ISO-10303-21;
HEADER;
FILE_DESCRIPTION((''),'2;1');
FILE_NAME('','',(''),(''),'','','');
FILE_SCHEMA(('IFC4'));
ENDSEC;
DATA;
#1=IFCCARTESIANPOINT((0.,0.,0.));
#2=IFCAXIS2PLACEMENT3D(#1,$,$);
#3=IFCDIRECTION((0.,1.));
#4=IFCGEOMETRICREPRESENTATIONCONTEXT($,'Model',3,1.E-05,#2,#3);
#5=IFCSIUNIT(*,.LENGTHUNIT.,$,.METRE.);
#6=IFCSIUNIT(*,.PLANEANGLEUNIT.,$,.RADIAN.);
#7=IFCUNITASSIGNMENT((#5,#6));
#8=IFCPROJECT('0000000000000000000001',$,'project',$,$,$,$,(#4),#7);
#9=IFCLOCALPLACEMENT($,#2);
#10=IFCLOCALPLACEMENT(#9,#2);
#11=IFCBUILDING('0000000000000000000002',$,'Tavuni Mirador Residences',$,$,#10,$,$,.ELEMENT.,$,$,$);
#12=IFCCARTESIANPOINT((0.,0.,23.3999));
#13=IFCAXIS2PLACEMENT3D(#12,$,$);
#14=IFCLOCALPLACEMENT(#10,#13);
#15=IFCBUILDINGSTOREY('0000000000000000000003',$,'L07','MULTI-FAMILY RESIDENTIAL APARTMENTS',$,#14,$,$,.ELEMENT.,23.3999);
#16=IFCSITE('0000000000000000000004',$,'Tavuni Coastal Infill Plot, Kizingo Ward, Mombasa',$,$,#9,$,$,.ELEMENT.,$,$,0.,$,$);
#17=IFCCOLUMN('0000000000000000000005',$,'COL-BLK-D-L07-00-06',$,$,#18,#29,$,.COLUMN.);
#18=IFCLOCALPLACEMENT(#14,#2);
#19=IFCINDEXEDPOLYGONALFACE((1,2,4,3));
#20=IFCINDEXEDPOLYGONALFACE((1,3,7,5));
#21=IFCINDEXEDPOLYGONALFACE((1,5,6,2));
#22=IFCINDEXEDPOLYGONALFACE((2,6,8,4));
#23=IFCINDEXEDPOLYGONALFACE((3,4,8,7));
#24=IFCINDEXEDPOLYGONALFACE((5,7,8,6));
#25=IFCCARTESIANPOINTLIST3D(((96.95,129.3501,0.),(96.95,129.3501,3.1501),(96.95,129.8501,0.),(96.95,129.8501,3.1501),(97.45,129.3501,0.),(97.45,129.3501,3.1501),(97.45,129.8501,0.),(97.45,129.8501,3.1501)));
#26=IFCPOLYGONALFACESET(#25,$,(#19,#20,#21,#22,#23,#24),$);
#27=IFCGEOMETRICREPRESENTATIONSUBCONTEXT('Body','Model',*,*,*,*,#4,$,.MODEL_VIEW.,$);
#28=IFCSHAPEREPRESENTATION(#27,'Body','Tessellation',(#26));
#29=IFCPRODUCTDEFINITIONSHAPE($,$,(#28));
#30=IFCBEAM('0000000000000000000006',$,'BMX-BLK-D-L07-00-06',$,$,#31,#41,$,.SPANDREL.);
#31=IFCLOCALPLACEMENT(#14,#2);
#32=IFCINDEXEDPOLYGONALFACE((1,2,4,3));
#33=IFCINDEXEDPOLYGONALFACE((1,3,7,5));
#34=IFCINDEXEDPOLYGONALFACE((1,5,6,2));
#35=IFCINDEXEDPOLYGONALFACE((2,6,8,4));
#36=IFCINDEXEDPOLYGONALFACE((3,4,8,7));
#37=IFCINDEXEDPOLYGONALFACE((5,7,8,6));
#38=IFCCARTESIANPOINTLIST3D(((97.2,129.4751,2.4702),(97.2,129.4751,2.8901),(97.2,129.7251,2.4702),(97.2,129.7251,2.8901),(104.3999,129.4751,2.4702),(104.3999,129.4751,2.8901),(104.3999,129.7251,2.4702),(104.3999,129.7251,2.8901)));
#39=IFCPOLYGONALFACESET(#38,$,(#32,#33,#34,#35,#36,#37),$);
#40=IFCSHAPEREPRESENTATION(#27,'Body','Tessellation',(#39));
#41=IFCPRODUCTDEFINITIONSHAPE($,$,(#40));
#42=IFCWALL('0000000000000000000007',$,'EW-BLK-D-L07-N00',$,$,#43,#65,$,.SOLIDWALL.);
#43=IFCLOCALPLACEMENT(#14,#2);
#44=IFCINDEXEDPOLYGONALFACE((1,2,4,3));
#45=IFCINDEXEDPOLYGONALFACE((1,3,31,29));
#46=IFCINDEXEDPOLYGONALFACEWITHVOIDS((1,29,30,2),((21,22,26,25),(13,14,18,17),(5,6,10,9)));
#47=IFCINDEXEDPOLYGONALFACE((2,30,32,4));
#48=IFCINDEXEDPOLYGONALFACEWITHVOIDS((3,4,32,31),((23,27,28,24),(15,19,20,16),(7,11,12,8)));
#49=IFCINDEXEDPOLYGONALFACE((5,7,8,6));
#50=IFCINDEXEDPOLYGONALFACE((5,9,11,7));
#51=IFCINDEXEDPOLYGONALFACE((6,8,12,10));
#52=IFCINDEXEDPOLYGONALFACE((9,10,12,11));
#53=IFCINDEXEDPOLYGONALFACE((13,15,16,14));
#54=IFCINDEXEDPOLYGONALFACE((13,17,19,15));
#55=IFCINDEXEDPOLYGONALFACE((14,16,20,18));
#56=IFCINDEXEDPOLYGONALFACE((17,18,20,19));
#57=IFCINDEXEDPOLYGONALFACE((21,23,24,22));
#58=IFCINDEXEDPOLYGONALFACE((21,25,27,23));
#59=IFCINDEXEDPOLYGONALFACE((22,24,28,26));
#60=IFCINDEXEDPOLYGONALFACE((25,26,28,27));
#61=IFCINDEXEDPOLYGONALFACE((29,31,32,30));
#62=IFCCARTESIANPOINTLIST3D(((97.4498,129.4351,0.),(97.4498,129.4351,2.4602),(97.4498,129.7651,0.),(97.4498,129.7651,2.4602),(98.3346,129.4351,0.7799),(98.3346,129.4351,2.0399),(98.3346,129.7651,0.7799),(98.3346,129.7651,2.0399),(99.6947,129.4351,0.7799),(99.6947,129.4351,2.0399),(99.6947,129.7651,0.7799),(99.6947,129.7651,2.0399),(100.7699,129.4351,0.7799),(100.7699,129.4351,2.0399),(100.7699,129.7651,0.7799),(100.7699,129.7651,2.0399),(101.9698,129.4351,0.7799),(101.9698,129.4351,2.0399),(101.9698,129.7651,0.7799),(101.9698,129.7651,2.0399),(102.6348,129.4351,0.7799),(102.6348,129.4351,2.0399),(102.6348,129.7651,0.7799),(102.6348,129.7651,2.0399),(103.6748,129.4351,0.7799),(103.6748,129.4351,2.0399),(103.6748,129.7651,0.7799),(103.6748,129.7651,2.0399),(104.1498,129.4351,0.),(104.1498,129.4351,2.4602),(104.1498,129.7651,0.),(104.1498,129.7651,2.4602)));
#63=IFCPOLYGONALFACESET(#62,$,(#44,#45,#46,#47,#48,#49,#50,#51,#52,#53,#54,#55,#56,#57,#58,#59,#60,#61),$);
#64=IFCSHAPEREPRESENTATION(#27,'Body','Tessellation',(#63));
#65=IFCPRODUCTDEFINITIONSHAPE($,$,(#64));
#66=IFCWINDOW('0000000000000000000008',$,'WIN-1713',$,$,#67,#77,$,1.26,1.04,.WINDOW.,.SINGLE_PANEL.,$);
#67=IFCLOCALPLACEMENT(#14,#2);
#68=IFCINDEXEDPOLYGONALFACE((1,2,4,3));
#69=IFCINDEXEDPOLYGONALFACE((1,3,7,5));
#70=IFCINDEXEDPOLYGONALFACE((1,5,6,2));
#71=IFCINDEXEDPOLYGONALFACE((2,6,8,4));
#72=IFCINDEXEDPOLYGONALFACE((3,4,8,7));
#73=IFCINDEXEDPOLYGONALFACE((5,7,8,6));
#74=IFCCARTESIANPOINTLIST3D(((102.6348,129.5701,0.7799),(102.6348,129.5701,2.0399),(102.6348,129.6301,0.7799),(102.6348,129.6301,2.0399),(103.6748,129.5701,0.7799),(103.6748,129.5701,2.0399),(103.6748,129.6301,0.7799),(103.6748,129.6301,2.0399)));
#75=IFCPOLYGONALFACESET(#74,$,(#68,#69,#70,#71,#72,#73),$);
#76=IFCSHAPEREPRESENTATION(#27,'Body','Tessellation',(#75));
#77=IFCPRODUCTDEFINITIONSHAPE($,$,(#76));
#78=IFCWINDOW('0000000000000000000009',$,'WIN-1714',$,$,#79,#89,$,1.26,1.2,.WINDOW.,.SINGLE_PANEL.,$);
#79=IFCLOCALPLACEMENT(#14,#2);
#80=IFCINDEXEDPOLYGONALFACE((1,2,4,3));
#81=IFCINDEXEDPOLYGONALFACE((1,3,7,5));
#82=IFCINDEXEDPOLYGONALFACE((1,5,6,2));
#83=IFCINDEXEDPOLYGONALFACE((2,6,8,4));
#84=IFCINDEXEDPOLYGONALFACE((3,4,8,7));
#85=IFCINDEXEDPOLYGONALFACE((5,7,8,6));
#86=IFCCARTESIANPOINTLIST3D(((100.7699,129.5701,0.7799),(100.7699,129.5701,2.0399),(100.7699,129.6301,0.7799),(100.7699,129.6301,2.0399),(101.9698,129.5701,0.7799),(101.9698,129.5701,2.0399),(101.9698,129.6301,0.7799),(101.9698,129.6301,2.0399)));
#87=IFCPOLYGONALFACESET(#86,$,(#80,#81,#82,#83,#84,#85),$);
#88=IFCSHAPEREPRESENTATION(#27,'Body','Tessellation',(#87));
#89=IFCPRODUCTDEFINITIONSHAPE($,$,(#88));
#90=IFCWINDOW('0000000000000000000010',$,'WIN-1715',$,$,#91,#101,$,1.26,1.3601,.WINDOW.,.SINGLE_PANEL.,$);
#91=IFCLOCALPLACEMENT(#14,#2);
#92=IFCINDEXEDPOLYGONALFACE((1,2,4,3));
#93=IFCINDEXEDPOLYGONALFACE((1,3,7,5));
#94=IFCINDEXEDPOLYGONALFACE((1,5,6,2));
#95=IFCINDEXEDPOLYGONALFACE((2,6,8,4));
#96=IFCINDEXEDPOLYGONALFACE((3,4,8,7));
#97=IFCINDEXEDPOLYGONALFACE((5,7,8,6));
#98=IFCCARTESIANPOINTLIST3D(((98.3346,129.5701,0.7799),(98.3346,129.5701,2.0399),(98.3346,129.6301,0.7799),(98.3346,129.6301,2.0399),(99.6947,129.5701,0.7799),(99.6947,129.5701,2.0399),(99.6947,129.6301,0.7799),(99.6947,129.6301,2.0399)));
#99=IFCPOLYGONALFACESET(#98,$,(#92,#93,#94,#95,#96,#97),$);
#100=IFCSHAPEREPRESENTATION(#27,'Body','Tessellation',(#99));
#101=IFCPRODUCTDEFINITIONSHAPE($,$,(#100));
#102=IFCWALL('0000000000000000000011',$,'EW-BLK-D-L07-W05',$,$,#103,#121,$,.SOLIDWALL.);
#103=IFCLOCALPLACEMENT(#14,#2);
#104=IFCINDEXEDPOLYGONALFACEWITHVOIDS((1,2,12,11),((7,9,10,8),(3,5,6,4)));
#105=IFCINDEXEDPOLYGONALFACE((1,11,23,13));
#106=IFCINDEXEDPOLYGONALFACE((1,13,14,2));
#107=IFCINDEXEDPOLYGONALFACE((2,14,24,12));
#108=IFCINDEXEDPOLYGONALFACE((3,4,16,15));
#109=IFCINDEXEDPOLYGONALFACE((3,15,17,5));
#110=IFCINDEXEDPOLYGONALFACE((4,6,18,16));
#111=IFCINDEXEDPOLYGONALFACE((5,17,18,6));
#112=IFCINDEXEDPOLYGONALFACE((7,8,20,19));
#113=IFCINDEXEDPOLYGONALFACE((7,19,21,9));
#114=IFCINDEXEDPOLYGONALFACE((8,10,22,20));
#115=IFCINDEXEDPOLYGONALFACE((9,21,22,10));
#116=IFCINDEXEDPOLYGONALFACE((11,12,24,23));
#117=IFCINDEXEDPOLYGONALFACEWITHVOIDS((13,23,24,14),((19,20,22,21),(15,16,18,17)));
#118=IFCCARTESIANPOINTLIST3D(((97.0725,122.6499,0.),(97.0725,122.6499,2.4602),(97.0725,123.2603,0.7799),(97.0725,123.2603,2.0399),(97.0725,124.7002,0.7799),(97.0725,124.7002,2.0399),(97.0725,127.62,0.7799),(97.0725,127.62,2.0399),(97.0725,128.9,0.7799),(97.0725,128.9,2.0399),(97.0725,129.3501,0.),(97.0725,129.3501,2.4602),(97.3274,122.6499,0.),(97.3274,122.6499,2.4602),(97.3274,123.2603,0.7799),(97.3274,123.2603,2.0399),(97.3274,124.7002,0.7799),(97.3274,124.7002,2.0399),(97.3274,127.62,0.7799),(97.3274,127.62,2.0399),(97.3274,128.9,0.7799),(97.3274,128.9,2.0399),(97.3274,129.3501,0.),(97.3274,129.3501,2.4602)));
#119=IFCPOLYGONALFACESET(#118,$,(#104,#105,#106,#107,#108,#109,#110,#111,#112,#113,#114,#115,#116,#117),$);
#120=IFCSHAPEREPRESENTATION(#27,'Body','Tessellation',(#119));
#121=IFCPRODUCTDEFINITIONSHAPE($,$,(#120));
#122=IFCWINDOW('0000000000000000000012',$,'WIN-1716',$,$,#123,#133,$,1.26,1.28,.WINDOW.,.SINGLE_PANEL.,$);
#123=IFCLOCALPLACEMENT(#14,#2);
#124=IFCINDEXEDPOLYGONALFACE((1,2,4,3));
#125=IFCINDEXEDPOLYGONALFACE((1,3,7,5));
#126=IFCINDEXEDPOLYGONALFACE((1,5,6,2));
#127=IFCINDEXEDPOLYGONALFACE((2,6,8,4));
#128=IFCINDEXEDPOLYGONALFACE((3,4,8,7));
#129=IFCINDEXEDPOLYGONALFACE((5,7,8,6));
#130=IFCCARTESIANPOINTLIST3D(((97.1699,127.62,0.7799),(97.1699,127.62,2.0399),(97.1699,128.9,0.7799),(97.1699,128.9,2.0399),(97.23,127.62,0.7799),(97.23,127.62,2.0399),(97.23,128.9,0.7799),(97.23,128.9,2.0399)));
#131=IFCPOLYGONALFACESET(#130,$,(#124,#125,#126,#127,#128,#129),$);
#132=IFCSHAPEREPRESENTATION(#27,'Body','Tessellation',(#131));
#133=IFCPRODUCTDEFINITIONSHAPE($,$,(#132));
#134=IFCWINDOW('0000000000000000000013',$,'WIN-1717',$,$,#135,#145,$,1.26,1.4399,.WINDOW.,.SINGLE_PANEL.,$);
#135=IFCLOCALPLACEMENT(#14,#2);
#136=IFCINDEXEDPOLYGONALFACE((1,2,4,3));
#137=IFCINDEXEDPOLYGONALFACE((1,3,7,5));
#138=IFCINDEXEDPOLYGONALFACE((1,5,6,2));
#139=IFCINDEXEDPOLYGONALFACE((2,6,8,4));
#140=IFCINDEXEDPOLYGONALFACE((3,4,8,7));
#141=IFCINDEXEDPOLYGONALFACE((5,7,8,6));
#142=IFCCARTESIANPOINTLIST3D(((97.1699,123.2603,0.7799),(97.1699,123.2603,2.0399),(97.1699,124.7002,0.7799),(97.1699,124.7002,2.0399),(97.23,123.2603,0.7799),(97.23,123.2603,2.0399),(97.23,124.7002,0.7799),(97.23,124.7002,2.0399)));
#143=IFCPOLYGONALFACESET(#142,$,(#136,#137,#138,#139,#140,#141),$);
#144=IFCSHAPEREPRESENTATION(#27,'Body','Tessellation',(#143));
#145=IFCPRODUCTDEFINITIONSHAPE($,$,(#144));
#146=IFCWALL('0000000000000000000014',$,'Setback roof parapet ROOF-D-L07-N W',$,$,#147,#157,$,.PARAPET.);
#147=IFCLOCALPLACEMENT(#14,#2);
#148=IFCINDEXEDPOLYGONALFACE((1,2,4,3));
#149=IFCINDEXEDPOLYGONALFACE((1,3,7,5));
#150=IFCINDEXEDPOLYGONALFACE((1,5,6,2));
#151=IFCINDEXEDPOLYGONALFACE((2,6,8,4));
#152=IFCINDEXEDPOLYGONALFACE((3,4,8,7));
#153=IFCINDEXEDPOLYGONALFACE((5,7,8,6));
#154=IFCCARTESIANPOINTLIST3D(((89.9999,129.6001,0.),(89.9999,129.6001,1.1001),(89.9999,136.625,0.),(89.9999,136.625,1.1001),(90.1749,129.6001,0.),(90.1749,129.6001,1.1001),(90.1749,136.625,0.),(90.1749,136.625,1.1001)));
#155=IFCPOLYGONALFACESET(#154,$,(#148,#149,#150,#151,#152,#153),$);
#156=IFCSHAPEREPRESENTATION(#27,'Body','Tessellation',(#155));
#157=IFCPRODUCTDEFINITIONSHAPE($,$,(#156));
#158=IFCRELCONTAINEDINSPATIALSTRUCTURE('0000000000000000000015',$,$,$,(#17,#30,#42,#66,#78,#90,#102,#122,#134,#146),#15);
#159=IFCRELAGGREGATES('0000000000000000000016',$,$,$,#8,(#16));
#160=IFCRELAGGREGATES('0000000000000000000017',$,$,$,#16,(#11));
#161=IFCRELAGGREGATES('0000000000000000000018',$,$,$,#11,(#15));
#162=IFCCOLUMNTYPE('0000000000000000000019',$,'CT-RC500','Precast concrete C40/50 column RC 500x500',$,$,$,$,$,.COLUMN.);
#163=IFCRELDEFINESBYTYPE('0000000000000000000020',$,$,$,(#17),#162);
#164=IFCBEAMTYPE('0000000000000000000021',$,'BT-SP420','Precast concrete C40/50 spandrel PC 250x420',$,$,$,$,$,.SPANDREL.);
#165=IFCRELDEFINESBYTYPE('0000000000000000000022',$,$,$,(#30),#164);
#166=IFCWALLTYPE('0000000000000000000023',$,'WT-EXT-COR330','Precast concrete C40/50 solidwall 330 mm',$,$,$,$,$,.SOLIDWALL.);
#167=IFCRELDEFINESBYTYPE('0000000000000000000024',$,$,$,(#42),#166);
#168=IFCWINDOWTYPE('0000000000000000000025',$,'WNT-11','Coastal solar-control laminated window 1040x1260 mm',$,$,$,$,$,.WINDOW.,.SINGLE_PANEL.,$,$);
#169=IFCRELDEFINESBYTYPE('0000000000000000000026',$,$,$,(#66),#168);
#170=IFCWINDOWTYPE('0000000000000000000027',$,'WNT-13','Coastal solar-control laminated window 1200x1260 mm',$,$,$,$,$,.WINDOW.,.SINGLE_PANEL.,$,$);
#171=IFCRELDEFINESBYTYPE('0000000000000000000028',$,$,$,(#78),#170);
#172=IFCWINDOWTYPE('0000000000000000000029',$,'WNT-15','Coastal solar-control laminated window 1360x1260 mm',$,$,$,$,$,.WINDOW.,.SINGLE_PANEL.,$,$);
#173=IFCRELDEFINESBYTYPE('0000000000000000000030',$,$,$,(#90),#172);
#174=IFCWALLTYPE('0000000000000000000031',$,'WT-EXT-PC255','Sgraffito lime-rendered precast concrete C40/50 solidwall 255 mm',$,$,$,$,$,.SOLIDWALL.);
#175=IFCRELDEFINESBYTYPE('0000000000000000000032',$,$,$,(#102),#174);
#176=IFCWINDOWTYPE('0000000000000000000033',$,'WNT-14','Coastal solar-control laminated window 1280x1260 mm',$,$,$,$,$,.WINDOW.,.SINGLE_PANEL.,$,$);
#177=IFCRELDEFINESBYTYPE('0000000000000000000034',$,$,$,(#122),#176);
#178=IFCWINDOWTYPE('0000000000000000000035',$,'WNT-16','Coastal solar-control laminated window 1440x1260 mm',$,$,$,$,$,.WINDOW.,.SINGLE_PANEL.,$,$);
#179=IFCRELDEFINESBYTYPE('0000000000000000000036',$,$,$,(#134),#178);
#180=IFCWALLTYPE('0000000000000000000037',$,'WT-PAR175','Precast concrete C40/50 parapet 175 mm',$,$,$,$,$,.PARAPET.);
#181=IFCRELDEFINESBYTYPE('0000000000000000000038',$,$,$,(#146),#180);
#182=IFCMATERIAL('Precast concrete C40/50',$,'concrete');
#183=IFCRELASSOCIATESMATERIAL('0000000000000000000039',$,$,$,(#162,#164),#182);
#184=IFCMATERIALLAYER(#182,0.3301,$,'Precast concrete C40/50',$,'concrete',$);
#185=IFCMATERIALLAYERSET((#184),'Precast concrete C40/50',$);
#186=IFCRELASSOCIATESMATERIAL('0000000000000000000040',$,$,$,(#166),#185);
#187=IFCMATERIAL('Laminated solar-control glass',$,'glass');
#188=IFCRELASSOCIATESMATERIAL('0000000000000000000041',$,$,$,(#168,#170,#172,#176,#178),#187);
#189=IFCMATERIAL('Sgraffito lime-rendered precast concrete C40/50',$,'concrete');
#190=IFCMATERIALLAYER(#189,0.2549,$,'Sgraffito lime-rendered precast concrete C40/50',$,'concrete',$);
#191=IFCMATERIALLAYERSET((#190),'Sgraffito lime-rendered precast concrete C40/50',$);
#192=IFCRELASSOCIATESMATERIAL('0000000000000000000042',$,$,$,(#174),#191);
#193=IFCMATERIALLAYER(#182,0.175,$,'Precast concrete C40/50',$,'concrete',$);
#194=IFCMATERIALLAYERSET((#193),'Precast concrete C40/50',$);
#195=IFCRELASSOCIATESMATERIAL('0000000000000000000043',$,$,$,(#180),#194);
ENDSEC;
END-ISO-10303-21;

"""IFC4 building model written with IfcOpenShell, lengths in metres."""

from ifc_helpers import new_model, si_unit, direction, frame, frame_2d, origin, origin_2d, place, context, subcontext, project, spatial, rectangle, extrude, material, layer, layer_set, material_profile, profile_set, type_object, element, fill, save


model = new_model("IFC4")

# Units and contexts
model_context = context("Model", 3, precision=1e-05, world=origin(), true_north=direction((0.0, 1.0)))
body_context = subcontext(model_context, "Body", "Model", "MODEL_VIEW")
ifc_project = project(units=[si_unit("LENGTHUNIT", "METRE"), si_unit("PLANEANGLEUNIT", "RADIAN")], contexts=[model_context])

# Site, building, storey
site_placement = place(None, origin())
site = spatial("IfcSite", under=ifc_project, at=site_placement, Name="Tavuni Coastal Infill Plot, Kizingo Ward, Mombasa", CompositionType="ELEMENT", RefElevation=0.0)
building_placement = place(site_placement, origin())
building = spatial("IfcBuilding", under=site, at=building_placement, Name="Tavuni Mirador Residences", CompositionType="ELEMENT")
storey_placement = place(building_placement, frame((0.0, 0.0, 23.3999)))
storey = spatial("IfcBuildingStorey", under=building, at=storey_placement, Name="L07", Description="MULTI-FAMILY RESIDENTIAL APARTMENTS", CompositionType="ELEMENT", Elevation=23.3999)

# Column
ifc_material_1 = material(Name="Precast concrete C40/50", Category="concrete")
ifc_material_profile_1 = material_profile(ifc_material_1, rectangle(XDim=0.5, YDim=0.5, at=origin_2d()), Name="RC 500x500", Category="concrete")
ifc_profile_set_1 = profile_set([ifc_material_profile_1], Name="Precast concrete C40/50")
column_type = type_object("IfcColumnType", Name="CT-RC500", Description="Precast concrete C40/50 column RC 500x500", PredefinedType="COLUMN", material=ifc_profile_set_1)
column_placement = place(storey_placement, frame((97.2, 129.6001, 0.0), z_axis=(0.0, 0.0, 1.0), x_axis=(1.0, 0.0, 0.0)))
element("IfcColumn", 1, at=column_placement, inside=storey, type_object=column_type, Name="COL-BLK-D-L07-00-06", PredefinedType="COLUMN", context=body_context, shape_type="SweptSolid", body=[
    extrude(rectangle(XDim=0.5, YDim=0.5, at=origin_2d()), origin(), (0.0, 0.0, 1.0), 3.1501),
])

# Beam
ifc_material_profile_2 = material_profile(ifc_material_1, rectangle(XDim=0.25, YDim=0.4199, at=origin_2d()), Name="PC 250x420", Category="concrete")
ifc_profile_set_2 = profile_set([ifc_material_profile_2], Name="Precast concrete C40/50")
beam_type = type_object("IfcBeamType", Name="BT-SP420", Description="Precast concrete C40/50 spandrel PC 250x420", PredefinedType="SPANDREL", material=ifc_profile_set_2)
beam_placement = place(storey_placement, frame((97.2, 129.6001, 2.6802), z_axis=(1.0, 0.0, 0.0), x_axis=(0.0, 1.0, 0.0)))
element("IfcBeam", 2, at=beam_placement, inside=storey, type_object=beam_type, Name="BMX-BLK-D-L07-00-06", PredefinedType="SPANDREL", context=body_context, shape_type="SweptSolid", body=[
    extrude(rectangle(XDim=0.25, YDim=0.4199, at=origin_2d()), origin(), (0.0, 0.0, 1.0), 7.2),
])

# Walls, openings, windows
ifc_layer_1 = layer(ifc_material_1, 0.3301, Name="Precast concrete C40/50", Category="concrete")
ifc_layer_set_1 = layer_set([ifc_layer_1], Name="Precast concrete C40/50")
wall_type_1 = type_object("IfcWallType", Name="WT-EXT-COR330", Description="Precast concrete C40/50 solidwall 330 mm", PredefinedType="SOLIDWALL", material=ifc_layer_set_1)
wall_1_placement = place(storey_placement, frame((104.1499, 129.6001, 0.0), z_axis=(0.0, 0.0, 1.0), x_axis=(-1.0, 0.0, 0.0)))
wall_1 = element("IfcWall", 3, at=wall_1_placement, inside=storey, type_object=wall_type_1, Name="EW-BLK-D-L07-N00", PredefinedType="SOLIDWALL", context=body_context, shape_type="SweptSolid", body=[
    extrude(rectangle(XDim=6.7, YDim=0.3301, at=frame_2d((3.3501, 0.0))), origin(), (0.0, 0.0, 1.0), 2.4602),
])
opening_1_placement = place(wall_1_placement, frame((0.4751, 0.0, 0.78)))
opening_1 = element("IfcOpeningElement", 4, at=opening_1_placement, cuts=wall_1, PredefinedType="OPENING", context=body_context, shape_type="SweptSolid", body=[
    extrude(rectangle(XDim=1.04, YDim=1.26, at=frame_2d((0.52, 0.6299))), frame((0.0, 0.175, 0.0), z_axis=(0.0, -1.0, 0.0), x_axis=(1.0, 0.0, 0.0)), (0.0, 0.0, 1.0), 0.3501),
])
opening_2_placement = place(wall_1_placement, frame((2.1799, 0.0, 0.78)))
opening_2 = element("IfcOpeningElement", 5, at=opening_2_placement, cuts=wall_1, PredefinedType="OPENING", context=body_context, shape_type="SweptSolid", body=[
    extrude(rectangle(XDim=1.2, YDim=1.26, at=frame_2d((0.6001, 0.6299))), frame((0.0, 0.175, 0.0), z_axis=(0.0, -1.0, 0.0), x_axis=(1.0, 0.0, 0.0)), (0.0, 0.0, 1.0), 0.3501),
])
opening_3_placement = place(wall_1_placement, frame((4.4551, 0.0, 0.78)))
opening_3 = element("IfcOpeningElement", 6, at=opening_3_placement, cuts=wall_1, PredefinedType="OPENING", context=body_context, shape_type="SweptSolid", body=[
    extrude(rectangle(XDim=1.3601, YDim=1.26, at=frame_2d((0.6802, 0.6299))), frame((0.0, 0.175, 0.0), z_axis=(0.0, -1.0, 0.0), x_axis=(1.0, 0.0, 0.0)), (0.0, 0.0, 1.0), 0.3501),
])
ifc_material_2 = material(Name="Laminated solar-control glass", Category="glass")
window_type_1 = type_object("IfcWindowType", Name="WNT-11", Description="Coastal solar-control laminated window 1040x1260 mm", PartitioningType="SINGLE_PANEL", PredefinedType="WINDOW", material=ifc_material_2)
window_1_placement = place(opening_1_placement, origin())
window_1 = element("IfcWindow", 7, at=window_1_placement, inside=storey, type_object=window_type_1, Name="WIN-1713", OverallHeight=1.26, OverallWidth=1.04, PartitioningType="SINGLE_PANEL", PredefinedType="WINDOW", context=body_context, shape_type="SweptSolid", body=[
    extrude(rectangle(XDim=1.04, YDim=1.26, at=frame_2d((0.52, 0.6299))), frame((0.0, 0.03, 0.0), z_axis=(0.0, -1.0, 0.0), x_axis=(1.0, 0.0, 0.0)), (0.0, 0.0, 1.0), 0.0601),
])
fill(opening_1, window_1)
window_type_2 = type_object("IfcWindowType", Name="WNT-13", Description="Coastal solar-control laminated window 1200x1260 mm", PartitioningType="SINGLE_PANEL", PredefinedType="WINDOW", material=ifc_material_2)
window_2_placement = place(opening_2_placement, origin())
window_2 = element("IfcWindow", 8, at=window_2_placement, inside=storey, type_object=window_type_2, Name="WIN-1714", OverallHeight=1.26, OverallWidth=1.2, PartitioningType="SINGLE_PANEL", PredefinedType="WINDOW", context=body_context, shape_type="SweptSolid", body=[
    extrude(rectangle(XDim=1.2, YDim=1.26, at=frame_2d((0.6001, 0.6299))), frame((0.0, 0.03, 0.0), z_axis=(0.0, -1.0, 0.0), x_axis=(1.0, 0.0, 0.0)), (0.0, 0.0, 1.0), 0.0601),
])
fill(opening_2, window_2)
window_type_3 = type_object("IfcWindowType", Name="WNT-15", Description="Coastal solar-control laminated window 1360x1260 mm", PartitioningType="SINGLE_PANEL", PredefinedType="WINDOW", material=ifc_material_2)
window_3_placement = place(opening_3_placement, origin())
window_3 = element("IfcWindow", 9, at=window_3_placement, inside=storey, type_object=window_type_3, Name="WIN-1715", OverallHeight=1.26, OverallWidth=1.3601, PartitioningType="SINGLE_PANEL", PredefinedType="WINDOW", context=body_context, shape_type="SweptSolid", body=[
    extrude(rectangle(XDim=1.3601, YDim=1.26, at=frame_2d((0.6802, 0.6299))), frame((0.0, 0.03, 0.0), z_axis=(0.0, -1.0, 0.0), x_axis=(1.0, 0.0, 0.0)), (0.0, 0.0, 1.0), 0.0601),
])
fill(opening_3, window_3)
ifc_material_3 = material(Name="Sgraffito lime-rendered precast concrete C40/50", Category="concrete")
ifc_layer_2 = layer(ifc_material_3, 0.2549, Name="Sgraffito lime-rendered precast concrete C40/50", Category="concrete")
ifc_layer_set_2 = layer_set([ifc_layer_2], Name="Sgraffito lime-rendered precast concrete C40/50")
wall_type_2 = type_object("IfcWallType", Name="WT-EXT-PC255", Description="Sgraffito lime-rendered precast concrete C40/50 solidwall 255 mm", PredefinedType="SOLIDWALL", material=ifc_layer_set_2)
wall_2_placement = place(storey_placement, frame((97.2, 129.3501, 0.0), z_axis=(0.0, 0.0, 1.0), x_axis=(0.0, -1.0, 0.0)))
wall_2 = element("IfcWall", 10, at=wall_2_placement, inside=storey, type_object=wall_type_2, Name="EW-BLK-D-L07-W05", PredefinedType="SOLIDWALL", context=body_context, shape_type="SweptSolid", body=[
    extrude(rectangle(XDim=6.7002, YDim=0.2549, at=frame_2d((3.3501, 0.0))), origin(), (0.0, 0.0, 1.0), 2.4602),
])
opening_4_placement = place(wall_2_placement, frame((0.45, 0.0, 0.78)))
opening_4 = element("IfcOpeningElement", 11, at=opening_4_placement, cuts=wall_2, PredefinedType="OPENING", context=body_context, shape_type="SweptSolid", body=[
    extrude(rectangle(XDim=1.28, YDim=1.26, at=frame_2d((0.6401, 0.6299))), frame((0.0, 0.1375, 0.0), z_axis=(0.0, -1.0, 0.0), x_axis=(1.0, 0.0, 0.0)), (0.0, 0.0, 1.0), 0.2749),
])
opening_5_placement = place(wall_2_placement, frame((4.6499, 0.0, 0.78)))
opening_5 = element("IfcOpeningElement", 12, at=opening_5_placement, cuts=wall_2, PredefinedType="OPENING", context=body_context, shape_type="SweptSolid", body=[
    extrude(rectangle(XDim=1.4399, YDim=1.26, at=frame_2d((0.72, 0.6299))), frame((0.0, 0.1375, 0.0), z_axis=(0.0, -1.0, 0.0), x_axis=(1.0, 0.0, 0.0)), (0.0, 0.0, 1.0), 0.2749),
])
window_type_4 = type_object("IfcWindowType", Name="WNT-14", Description="Coastal solar-control laminated window 1280x1260 mm", PartitioningType="SINGLE_PANEL", PredefinedType="WINDOW", material=ifc_material_2)
window_4_placement = place(opening_4_placement, origin())
window_4 = element("IfcWindow", 13, at=window_4_placement, inside=storey, type_object=window_type_4, Name="WIN-1716", OverallHeight=1.26, OverallWidth=1.28, PartitioningType="SINGLE_PANEL", PredefinedType="WINDOW", context=body_context, shape_type="SweptSolid", body=[
    extrude(rectangle(XDim=1.28, YDim=1.26, at=frame_2d((0.6401, 0.6299))), frame((0.0, 0.03, 0.0), z_axis=(0.0, -1.0, 0.0), x_axis=(1.0, 0.0, 0.0)), (0.0, 0.0, 1.0), 0.0601),
])
fill(opening_4, window_4)
window_type_5 = type_object("IfcWindowType", Name="WNT-16", Description="Coastal solar-control laminated window 1440x1260 mm", PartitioningType="SINGLE_PANEL", PredefinedType="WINDOW", material=ifc_material_2)
window_5_placement = place(opening_5_placement, origin())
window_5 = element("IfcWindow", 14, at=window_5_placement, inside=storey, type_object=window_type_5, Name="WIN-1717", OverallHeight=1.26, OverallWidth=1.4399, PartitioningType="SINGLE_PANEL", PredefinedType="WINDOW", context=body_context, shape_type="SweptSolid", body=[
    extrude(rectangle(XDim=1.4399, YDim=1.26, at=frame_2d((0.72, 0.6299))), frame((0.0, 0.03, 0.0), z_axis=(0.0, -1.0, 0.0), x_axis=(1.0, 0.0, 0.0)), (0.0, 0.0, 1.0), 0.0601),
])
fill(opening_5, window_5)

# Wall
ifc_layer_3 = layer(ifc_material_1, 0.175, Name="Precast concrete C40/50", Category="concrete")
ifc_layer_set_3 = layer_set([ifc_layer_3], Name="Precast concrete C40/50")
wall_type_3 = type_object("IfcWallType", Name="WT-PAR175", Description="Precast concrete C40/50 parapet 175 mm", PredefinedType="PARAPET", material=ifc_layer_set_3)
wall_3_placement = place(storey_placement, frame((90.0874, 129.6001, 0.0), z_axis=(0.0, 0.0, 1.0), x_axis=(0.0, 1.0, 0.0)))
element("IfcWall", 15, at=wall_3_placement, inside=storey, type_object=wall_type_3, Name="Setback roof parapet ROOF-D-L07-N W", PredefinedType="PARAPET", context=body_context, shape_type="SweptSolid", body=[
    extrude(rectangle(XDim=7.0249, YDim=0.175, at=frame_2d((3.5125, 0.0))), origin(), (0.0, 0.0, 1.0), 1.1001),
])

save(model, "model.ifc")
